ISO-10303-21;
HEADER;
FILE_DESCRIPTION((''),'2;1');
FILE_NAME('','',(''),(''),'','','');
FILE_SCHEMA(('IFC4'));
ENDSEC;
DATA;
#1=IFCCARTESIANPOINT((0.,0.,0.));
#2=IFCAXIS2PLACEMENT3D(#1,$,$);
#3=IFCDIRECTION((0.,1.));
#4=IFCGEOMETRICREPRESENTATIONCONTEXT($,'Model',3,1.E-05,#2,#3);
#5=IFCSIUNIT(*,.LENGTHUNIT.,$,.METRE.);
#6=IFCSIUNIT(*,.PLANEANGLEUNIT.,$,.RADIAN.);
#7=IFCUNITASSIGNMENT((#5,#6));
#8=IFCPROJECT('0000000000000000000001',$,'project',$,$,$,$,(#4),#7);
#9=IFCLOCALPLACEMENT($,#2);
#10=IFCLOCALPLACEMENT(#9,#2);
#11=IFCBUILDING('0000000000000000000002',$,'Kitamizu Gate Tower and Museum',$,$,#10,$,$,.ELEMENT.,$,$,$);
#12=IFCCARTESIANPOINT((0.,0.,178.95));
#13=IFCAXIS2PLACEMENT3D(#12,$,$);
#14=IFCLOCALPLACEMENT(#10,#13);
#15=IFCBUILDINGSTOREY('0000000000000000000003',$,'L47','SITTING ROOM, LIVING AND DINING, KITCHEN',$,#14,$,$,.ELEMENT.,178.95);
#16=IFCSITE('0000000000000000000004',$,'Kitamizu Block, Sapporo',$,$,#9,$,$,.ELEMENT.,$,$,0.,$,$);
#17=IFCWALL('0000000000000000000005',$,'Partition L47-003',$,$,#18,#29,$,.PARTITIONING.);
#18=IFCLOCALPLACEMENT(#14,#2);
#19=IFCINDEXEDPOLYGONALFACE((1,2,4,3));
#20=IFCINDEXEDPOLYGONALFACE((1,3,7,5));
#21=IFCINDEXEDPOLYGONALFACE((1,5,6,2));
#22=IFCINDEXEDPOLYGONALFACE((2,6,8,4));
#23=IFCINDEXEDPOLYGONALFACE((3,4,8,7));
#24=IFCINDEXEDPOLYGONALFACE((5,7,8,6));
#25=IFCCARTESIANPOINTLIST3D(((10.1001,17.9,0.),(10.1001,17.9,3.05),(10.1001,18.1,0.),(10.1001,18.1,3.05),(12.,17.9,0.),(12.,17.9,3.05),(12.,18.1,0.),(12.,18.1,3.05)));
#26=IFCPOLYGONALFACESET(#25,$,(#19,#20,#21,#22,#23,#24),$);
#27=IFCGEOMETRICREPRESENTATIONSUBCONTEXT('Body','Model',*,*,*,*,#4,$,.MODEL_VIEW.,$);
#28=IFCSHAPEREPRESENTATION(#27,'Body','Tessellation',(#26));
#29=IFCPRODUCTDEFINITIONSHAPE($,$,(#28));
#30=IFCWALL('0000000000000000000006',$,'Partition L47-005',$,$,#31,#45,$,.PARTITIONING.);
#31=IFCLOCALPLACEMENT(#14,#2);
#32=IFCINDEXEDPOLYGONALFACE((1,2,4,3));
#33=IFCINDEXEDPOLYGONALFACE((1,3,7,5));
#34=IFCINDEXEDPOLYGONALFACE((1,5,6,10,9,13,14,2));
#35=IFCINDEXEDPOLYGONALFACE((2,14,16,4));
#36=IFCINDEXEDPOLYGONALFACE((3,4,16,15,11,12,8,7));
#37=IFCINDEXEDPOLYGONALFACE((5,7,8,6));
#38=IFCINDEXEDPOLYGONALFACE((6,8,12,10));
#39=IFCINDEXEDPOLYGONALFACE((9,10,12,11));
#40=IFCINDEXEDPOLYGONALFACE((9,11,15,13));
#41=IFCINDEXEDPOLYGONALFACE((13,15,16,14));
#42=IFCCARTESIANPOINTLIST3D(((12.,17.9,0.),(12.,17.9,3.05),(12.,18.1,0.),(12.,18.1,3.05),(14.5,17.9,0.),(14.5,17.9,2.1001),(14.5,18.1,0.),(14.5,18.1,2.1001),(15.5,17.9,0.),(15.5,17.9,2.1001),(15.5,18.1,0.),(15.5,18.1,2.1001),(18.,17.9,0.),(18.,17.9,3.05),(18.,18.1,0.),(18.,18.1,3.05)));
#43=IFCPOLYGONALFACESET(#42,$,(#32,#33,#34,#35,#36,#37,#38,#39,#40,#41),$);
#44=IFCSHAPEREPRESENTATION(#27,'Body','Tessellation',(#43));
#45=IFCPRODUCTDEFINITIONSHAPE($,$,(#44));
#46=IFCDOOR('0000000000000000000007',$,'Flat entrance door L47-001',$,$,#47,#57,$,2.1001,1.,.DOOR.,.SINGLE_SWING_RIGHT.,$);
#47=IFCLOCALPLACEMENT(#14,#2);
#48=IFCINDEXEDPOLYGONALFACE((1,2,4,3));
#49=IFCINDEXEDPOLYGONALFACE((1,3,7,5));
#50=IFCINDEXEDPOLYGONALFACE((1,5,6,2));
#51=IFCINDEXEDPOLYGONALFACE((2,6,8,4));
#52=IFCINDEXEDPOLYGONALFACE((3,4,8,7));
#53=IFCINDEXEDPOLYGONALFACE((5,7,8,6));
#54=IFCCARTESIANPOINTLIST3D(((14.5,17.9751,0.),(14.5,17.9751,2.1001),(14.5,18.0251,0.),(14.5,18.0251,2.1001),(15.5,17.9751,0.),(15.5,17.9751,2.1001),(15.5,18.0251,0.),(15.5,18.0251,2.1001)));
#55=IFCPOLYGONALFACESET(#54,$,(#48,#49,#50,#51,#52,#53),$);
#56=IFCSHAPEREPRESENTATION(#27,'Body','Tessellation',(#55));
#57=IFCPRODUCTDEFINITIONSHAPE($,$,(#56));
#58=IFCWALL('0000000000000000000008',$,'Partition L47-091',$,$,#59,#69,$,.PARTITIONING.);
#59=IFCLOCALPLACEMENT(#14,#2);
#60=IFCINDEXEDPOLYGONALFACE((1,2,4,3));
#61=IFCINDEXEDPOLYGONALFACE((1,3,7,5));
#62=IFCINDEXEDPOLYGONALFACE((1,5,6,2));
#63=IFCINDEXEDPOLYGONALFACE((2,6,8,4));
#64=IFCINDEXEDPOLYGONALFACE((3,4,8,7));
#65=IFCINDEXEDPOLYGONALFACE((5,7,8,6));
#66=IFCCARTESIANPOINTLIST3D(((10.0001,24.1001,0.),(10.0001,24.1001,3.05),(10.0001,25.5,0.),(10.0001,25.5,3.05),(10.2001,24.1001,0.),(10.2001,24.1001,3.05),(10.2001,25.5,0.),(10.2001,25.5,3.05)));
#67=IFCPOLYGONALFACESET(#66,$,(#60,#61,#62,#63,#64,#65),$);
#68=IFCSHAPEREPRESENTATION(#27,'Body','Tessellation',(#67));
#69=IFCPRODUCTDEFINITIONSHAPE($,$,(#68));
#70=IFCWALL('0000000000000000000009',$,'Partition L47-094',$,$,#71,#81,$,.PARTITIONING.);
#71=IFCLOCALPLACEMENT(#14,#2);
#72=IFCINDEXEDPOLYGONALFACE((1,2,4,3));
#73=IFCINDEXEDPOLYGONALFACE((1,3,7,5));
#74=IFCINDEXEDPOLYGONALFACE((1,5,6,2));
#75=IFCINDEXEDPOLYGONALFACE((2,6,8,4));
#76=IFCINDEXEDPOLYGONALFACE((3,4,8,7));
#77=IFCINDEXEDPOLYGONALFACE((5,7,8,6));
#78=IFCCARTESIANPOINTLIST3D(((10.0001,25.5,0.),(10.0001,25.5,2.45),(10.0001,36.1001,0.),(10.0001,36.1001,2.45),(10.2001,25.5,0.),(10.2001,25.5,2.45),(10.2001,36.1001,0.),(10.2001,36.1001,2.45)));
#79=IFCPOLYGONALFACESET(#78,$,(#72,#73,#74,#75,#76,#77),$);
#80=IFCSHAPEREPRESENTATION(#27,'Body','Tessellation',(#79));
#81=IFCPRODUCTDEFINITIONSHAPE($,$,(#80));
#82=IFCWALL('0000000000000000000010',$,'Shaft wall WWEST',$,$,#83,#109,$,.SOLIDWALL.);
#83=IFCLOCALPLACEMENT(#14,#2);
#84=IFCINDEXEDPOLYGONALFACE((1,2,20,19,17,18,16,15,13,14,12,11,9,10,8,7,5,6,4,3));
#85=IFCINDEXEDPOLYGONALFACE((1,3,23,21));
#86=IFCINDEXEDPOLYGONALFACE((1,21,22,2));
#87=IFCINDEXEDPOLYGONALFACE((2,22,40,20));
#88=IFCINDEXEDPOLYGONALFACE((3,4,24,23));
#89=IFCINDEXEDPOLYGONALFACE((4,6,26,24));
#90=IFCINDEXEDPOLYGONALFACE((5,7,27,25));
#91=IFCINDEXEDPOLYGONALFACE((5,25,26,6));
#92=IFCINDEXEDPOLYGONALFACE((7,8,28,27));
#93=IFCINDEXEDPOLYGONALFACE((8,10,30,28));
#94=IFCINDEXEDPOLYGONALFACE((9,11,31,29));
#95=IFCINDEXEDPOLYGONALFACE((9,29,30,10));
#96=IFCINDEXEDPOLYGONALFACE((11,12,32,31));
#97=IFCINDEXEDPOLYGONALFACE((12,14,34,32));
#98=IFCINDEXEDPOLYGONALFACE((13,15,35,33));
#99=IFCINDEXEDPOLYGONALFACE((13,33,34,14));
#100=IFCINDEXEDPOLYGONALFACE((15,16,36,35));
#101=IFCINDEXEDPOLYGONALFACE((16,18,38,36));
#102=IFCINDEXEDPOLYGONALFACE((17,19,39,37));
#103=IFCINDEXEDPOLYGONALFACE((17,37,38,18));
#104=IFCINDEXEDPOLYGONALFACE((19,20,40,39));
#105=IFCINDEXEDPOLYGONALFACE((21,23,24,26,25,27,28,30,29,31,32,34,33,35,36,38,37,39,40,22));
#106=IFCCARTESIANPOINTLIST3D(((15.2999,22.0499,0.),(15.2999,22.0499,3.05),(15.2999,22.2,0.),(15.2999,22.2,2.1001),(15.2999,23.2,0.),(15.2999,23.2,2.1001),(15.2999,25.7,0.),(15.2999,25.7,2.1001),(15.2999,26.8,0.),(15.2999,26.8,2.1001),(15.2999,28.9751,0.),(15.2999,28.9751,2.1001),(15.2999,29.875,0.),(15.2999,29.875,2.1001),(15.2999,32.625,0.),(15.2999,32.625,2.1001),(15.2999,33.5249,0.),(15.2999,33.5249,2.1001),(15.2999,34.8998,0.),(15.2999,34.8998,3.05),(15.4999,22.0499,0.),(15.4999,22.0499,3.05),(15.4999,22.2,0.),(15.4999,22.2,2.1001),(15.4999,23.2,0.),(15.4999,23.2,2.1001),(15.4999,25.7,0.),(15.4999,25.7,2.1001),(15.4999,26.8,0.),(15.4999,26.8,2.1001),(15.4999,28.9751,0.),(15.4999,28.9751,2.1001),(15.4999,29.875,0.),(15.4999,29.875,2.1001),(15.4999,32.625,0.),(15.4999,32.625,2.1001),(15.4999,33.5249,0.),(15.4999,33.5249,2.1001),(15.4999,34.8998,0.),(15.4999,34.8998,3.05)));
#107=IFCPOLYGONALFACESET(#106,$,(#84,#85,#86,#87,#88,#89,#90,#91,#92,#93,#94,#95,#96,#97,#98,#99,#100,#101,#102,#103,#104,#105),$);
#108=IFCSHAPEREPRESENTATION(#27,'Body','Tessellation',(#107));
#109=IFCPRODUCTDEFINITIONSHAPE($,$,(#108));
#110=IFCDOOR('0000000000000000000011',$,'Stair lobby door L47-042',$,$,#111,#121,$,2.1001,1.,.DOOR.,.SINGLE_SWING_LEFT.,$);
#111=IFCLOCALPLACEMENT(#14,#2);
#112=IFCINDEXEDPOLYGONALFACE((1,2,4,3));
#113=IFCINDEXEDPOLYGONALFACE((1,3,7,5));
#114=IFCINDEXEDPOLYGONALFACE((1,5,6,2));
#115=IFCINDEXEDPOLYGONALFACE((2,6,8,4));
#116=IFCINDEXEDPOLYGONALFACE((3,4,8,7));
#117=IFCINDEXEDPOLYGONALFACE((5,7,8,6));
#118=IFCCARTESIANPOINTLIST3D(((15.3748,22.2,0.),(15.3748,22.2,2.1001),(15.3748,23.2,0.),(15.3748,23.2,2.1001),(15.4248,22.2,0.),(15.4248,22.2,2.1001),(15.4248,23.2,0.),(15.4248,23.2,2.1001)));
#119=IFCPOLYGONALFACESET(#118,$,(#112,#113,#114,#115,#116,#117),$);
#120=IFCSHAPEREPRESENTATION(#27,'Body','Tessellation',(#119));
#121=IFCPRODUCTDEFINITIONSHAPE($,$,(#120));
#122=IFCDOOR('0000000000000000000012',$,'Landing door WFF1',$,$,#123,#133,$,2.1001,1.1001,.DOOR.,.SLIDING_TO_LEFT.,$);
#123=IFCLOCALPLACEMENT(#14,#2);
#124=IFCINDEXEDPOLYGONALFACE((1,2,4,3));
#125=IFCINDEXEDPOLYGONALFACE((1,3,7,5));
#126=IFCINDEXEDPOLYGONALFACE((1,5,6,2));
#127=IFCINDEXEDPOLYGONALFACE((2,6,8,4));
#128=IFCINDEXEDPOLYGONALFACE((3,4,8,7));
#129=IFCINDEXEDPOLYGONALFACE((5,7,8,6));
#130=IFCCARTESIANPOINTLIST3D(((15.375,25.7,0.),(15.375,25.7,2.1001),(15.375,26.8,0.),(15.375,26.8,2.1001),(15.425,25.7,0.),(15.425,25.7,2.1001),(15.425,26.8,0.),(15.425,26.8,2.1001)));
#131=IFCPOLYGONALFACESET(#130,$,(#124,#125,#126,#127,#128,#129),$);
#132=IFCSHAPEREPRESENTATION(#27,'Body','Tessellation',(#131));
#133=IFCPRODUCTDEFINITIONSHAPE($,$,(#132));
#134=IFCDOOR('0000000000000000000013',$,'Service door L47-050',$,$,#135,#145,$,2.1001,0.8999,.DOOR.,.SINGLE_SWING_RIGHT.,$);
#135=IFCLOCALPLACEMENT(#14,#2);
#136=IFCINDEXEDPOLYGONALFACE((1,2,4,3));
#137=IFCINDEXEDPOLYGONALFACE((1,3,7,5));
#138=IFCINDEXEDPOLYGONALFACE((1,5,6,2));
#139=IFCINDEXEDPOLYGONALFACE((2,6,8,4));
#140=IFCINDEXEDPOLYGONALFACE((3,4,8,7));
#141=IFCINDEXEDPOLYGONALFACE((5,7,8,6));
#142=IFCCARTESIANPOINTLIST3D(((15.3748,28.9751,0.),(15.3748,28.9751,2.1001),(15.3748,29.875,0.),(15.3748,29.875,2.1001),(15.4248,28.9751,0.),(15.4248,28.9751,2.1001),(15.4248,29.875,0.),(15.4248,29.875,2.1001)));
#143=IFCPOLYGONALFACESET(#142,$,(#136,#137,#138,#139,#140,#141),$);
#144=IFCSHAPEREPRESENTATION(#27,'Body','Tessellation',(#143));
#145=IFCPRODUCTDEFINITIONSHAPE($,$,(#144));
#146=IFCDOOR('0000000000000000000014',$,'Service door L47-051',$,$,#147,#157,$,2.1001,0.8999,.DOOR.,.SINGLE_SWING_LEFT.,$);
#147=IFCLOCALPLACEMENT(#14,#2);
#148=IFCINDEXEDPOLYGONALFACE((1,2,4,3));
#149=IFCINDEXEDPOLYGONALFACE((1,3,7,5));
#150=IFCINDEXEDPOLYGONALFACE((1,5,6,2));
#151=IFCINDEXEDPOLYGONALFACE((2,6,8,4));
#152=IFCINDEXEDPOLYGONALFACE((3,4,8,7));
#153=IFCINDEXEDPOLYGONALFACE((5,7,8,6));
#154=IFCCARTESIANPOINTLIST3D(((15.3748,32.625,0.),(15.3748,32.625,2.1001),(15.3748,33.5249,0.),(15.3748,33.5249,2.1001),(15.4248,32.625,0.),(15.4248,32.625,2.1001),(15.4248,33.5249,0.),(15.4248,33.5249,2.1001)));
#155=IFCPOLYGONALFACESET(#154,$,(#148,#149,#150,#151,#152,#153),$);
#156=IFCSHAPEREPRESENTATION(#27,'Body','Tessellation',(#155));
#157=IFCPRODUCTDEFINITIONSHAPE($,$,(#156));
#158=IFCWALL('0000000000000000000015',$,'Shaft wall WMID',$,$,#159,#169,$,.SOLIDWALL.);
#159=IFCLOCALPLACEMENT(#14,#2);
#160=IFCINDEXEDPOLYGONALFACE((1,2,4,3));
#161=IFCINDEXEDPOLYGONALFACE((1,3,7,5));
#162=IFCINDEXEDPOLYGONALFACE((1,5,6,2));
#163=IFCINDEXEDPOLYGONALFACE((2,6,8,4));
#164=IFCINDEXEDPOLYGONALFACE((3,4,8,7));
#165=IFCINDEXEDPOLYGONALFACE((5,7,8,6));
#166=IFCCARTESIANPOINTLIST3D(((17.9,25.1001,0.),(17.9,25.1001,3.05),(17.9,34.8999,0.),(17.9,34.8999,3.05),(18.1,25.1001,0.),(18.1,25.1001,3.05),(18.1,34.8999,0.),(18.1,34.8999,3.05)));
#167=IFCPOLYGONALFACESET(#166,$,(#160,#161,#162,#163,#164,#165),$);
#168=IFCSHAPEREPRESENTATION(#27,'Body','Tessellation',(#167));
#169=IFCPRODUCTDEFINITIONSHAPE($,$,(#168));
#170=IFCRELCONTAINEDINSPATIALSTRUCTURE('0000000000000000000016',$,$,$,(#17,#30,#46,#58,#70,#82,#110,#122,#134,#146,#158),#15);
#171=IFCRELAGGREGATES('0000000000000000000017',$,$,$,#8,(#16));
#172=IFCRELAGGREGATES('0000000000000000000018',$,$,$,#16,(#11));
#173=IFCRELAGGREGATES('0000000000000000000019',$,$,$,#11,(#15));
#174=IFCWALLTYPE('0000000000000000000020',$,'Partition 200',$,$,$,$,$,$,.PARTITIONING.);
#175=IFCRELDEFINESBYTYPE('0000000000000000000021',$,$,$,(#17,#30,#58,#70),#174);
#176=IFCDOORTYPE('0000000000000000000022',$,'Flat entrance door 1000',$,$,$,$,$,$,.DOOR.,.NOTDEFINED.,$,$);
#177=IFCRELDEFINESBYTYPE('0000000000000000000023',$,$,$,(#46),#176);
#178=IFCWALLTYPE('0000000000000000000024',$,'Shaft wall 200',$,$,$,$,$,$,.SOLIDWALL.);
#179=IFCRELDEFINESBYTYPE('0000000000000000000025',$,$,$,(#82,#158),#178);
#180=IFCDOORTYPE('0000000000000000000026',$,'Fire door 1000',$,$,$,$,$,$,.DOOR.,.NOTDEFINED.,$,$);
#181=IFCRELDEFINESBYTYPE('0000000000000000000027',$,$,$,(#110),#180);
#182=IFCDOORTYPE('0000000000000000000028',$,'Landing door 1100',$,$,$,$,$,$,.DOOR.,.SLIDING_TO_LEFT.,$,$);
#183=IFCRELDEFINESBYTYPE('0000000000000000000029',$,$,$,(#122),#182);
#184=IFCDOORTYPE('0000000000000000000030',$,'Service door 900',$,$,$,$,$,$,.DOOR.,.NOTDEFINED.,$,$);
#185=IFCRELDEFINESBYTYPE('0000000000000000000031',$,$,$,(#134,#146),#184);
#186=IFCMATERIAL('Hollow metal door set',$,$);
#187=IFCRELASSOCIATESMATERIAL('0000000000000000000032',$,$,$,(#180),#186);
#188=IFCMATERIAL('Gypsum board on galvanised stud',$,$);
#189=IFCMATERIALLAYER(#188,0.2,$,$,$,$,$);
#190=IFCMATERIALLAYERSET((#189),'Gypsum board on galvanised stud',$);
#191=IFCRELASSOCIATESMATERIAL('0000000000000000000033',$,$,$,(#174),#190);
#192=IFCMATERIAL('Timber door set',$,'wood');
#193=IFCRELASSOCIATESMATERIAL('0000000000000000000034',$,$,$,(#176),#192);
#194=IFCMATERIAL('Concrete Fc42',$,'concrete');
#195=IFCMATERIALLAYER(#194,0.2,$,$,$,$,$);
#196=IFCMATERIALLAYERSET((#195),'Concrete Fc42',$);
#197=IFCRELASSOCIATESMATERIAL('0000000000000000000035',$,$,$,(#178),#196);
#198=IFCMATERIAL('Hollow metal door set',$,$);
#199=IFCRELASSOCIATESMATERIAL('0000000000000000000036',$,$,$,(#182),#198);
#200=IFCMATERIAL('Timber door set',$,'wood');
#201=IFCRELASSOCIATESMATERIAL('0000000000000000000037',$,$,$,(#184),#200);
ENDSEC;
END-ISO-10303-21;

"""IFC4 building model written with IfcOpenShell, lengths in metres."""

from ifc_helpers import new_model, si_unit, direction, frame, frame_2d, origin, place, context, subcontext, project, spatial, rectangle, extrude, material, layer, layer_set, type_object, element, fill, save


model = new_model("IFC4")

# Units and contexts
model_context = context("Model", 3, precision=1e-05, world=origin(), true_north=direction((0.0, 1.0)))
body_context = subcontext(model_context, "Body", "Model", "MODEL_VIEW")
ifc_project = project(units=[si_unit("LENGTHUNIT", "METRE"), si_unit("PLANEANGLEUNIT", "RADIAN")], contexts=[model_context])

# Site, building, storey
site_placement = place(None, origin())
site = spatial("IfcSite", under=ifc_project, at=site_placement, Name="Kitamizu Block, Sapporo", CompositionType="ELEMENT", RefElevation=0.0)
building_placement = place(site_placement, origin())
building = spatial("IfcBuilding", under=site, at=building_placement, Name="Kitamizu Gate Tower and Museum", CompositionType="ELEMENT")
storey_placement = place(building_placement, frame((0.0, 0.0, 178.95)))
storey = spatial("IfcBuildingStorey", under=building, at=storey_placement, Name="L47", Description="SITTING ROOM, LIVING AND DINING, KITCHEN", CompositionType="ELEMENT", Elevation=178.95)

# Shared definitions
ifc_material_1 = material(Name="Hollow metal door set")
door_type_1 = type_object("IfcDoorType", Name="Fire door 1000", OperationType="NOTDEFINED", PredefinedType="DOOR", material=ifc_material_1)

# Wall
ifc_material_2 = material(Name="Gypsum board on galvanised stud")
ifc_layer_1 = layer(ifc_material_2, 0.2)
ifc_layer_set_1 = layer_set([ifc_layer_1], Name="Gypsum board on galvanised stud")
wall_type_1 = type_object("IfcWallType", Name="Partition 200", PredefinedType="PARTITIONING", material=ifc_layer_set_1)
wall_1_placement = place(storey_placement, frame((12.0, 18.0, 0.0), z_axis=(0.0, 0.0, 1.0), x_axis=(-1.0, 0.0, 0.0)))
element("IfcWall", 1, at=wall_1_placement, inside=storey, type_object=wall_type_1, Name="Partition L47-003", PredefinedType="PARTITIONING", context=body_context, shape_type="SweptSolid", body=[
    extrude(rectangle(XDim=1.8999, YDim=0.2, at=frame_2d((0.95, 0.0))), origin(), (0.0, 0.0, 1.0), 3.05),
])

# Wall, opening, door
wall_2_placement = place(storey_placement, frame((18.0, 18.0, 0.0), z_axis=(0.0, 0.0, 1.0), x_axis=(-1.0, 0.0, 0.0)))
wall_2 = element("IfcWall", 2, at=wall_2_placement, inside=storey, type_object=wall_type_1, Name="Partition L47-005", PredefinedType="PARTITIONING", context=body_context, shape_type="SweptSolid", body=[
    extrude(rectangle(XDim=6.0, YDim=0.2, at=frame_2d((3.0, 0.0))), origin(), (0.0, 0.0, 1.0), 3.05),
])
opening_1_placement = place(wall_2_placement, frame((2.5, 0.0, 0.0)))
opening_1 = element("IfcOpeningElement", 3, at=opening_1_placement, cuts=wall_2, PredefinedType="OPENING", context=body_context, shape_type="SweptSolid", body=[
    extrude(rectangle(XDim=1.0, YDim=2.1001, at=frame_2d((0.5, 1.05))), frame((0.0, 0.1099, 0.0), z_axis=(0.0, -1.0, 0.0), x_axis=(1.0, 0.0, 0.0)), (0.0, 0.0, 1.0), 0.22),
])
ifc_material_3 = material(Name="Timber door set", Category="wood")
door_type_2 = type_object("IfcDoorType", Name="Flat entrance door 1000", OperationType="NOTDEFINED", PredefinedType="DOOR", material=ifc_material_3)
door_1_placement = place(opening_1_placement, origin())
door_1 = element("IfcDoor", 4, at=door_1_placement, inside=storey, type_object=door_type_2, Name="Flat entrance door L47-001", OperationType="SINGLE_SWING_RIGHT", OverallHeight=2.1001, OverallWidth=1.0, PredefinedType="DOOR", context=body_context, shape_type="SweptSolid", body=[
    extrude(rectangle(XDim=1.0, YDim=2.1001, at=frame_2d((0.5, 1.05))), frame((0.0, 0.0249, 0.0), z_axis=(0.0, -1.0, 0.0), x_axis=(1.0, 0.0, 0.0)), (0.0, 0.0, 1.0), 0.05),
])
fill(opening_1, door_1)

# Walls
wall_3_placement = place(storey_placement, frame((10.1001, 24.1001, 0.0), z_axis=(0.0, 0.0, 1.0), x_axis=(0.0, 1.0, 0.0)))
element("IfcWall", 5, at=wall_3_placement, inside=storey, type_object=wall_type_1, Name="Partition L47-091", PredefinedType="PARTITIONING", context=body_context, shape_type="SweptSolid", body=[
    extrude(rectangle(XDim=1.3999, YDim=0.2, at=frame_2d((0.7, 0.0))), origin(), (0.0, 0.0, 1.0), 3.05),
])
wall_4_placement = place(storey_placement, frame((10.1001, 25.5, 0.0), z_axis=(0.0, 0.0, 1.0), x_axis=(0.0, 1.0, 0.0)))
element("IfcWall", 6, at=wall_4_placement, inside=storey, type_object=wall_type_1, Name="Partition L47-094", PredefinedType="PARTITIONING", context=body_context, shape_type="SweptSolid", body=[
    extrude(rectangle(XDim=10.6001, YDim=0.2, at=frame_2d((5.3, 0.0))), origin(), (0.0, 0.0, 1.0), 2.45),
])

# Wall, openings, doors
ifc_material_4 = material(Name="Concrete Fc42", Category="concrete")
ifc_layer_2 = layer(ifc_material_4, 0.2)
ifc_layer_set_2 = layer_set([ifc_layer_2], Name="Concrete Fc42")
wall_type_2 = type_object("IfcWallType", Name="Shaft wall 200", PredefinedType="SOLIDWALL", material=ifc_layer_set_2)
wall_5_placement = place(storey_placement, frame((15.3999, 22.05, 0.0), z_axis=(0.0, 0.0, 1.0), x_axis=(0.0, 1.0, 0.0)))
wall_5 = element("IfcWall", 7, at=wall_5_placement, inside=storey, type_object=wall_type_2, Name="Shaft wall WWEST", PredefinedType="SOLIDWALL", context=body_context, shape_type="SweptSolid", body=[
    extrude(rectangle(XDim=12.8499, YDim=0.2, at=frame_2d((6.4248, 0.0))), origin(), (0.0, 0.0, 1.0), 3.05),
])
opening_2_placement = place(wall_5_placement, frame((3.6499, 0.0, 0.0)))
opening_2 = element("IfcOpeningElement", 8, at=opening_2_placement, cuts=wall_5, PredefinedType="OPENING", context=body_context, shape_type="SweptSolid", body=[
    extrude(rectangle(XDim=1.1001, YDim=2.1001, at=frame_2d((0.55, 1.05))), frame((0.0, 0.1099, 0.0), z_axis=(0.0, -1.0, 0.0), x_axis=(1.0, 0.0, 0.0)), (0.0, 0.0, 1.0), 0.22),
])
opening_3_placement = place(wall_5_placement, frame((0.1499, 0.0, 0.0)))
opening_3 = element("IfcOpeningElement", 9, at=opening_3_placement, cuts=wall_5, PredefinedType="OPENING", context=body_context, shape_type="SweptSolid", body=[
    extrude(rectangle(XDim=1.0, YDim=2.1001, at=frame_2d((0.5, 1.05))), frame((0.0, 0.1099, 0.0), z_axis=(0.0, -1.0, 0.0), x_axis=(1.0, 0.0, 0.0)), (0.0, 0.0, 1.0), 0.22),
])
opening_4_placement = place(wall_5_placement, frame((6.925, 0.0, 0.0)))
opening_4 = element("IfcOpeningElement", 10, at=opening_4_placement, cuts=wall_5, PredefinedType="OPENING", context=body_context, shape_type="SweptSolid", body=[
    extrude(rectangle(XDim=0.8999, YDim=2.1001, at=frame_2d((0.45, 1.05))), frame((0.0, 0.1099, 0.0), z_axis=(0.0, -1.0, 0.0), x_axis=(1.0, 0.0, 0.0)), (0.0, 0.0, 1.0), 0.22),
])
opening_5_placement = place(wall_5_placement, frame((10.575, 0.0, 0.0)))
opening_5 = element("IfcOpeningElement", 11, at=opening_5_placement, cuts=wall_5, PredefinedType="OPENING", context=body_context, shape_type="SweptSolid", body=[
    extrude(rectangle(XDim=0.8999, YDim=2.1001, at=frame_2d((0.45, 1.05))), frame((0.0, 0.1099, 0.0), z_axis=(0.0, -1.0, 0.0), x_axis=(1.0, 0.0, 0.0)), (0.0, 0.0, 1.0), 0.22),
])
door_2_placement = place(opening_3_placement, frame((1.0, 0.0, 0.0), x_axis=(-1.0, 0.0, 0.0)))
door_2 = element("IfcDoor", 12, at=door_2_placement, inside=storey, type_object=door_type_1, Name="Stair lobby door L47-042", OperationType="SINGLE_SWING_LEFT", OverallHeight=2.1001, OverallWidth=1.0, PredefinedType="DOOR", context=body_context, shape_type="SweptSolid", body=[
    extrude(rectangle(XDim=1.0, YDim=2.1001, at=frame_2d((0.5, 1.05))), frame((0.0, 0.0249, 0.0), z_axis=(0.0, -1.0, 0.0), x_axis=(1.0, 0.0, 0.0)), (0.0, 0.0, 1.0), 0.05),
])
fill(opening_3, door_2)
ifc_material_5 = material(Name="Hollow metal door set")
door_type_3 = type_object("IfcDoorType", Name="Landing door 1100", OperationType="SLIDING_TO_LEFT", PredefinedType="DOOR", material=ifc_material_5)
door_3_placement = place(opening_2_placement, origin())
door_3 = element("IfcDoor", 13, at=door_3_placement, inside=storey, type_object=door_type_3, Name="Landing door WFF1", OperationType="SLIDING_TO_LEFT", OverallHeight=2.1001, OverallWidth=1.1001, PredefinedType="DOOR", context=body_context, shape_type="SweptSolid", body=[
    extrude(rectangle(XDim=1.1001, YDim=2.1001, at=frame_2d((0.55, 1.05))), frame((0.0, 0.0249, 0.0), z_axis=(0.0, -1.0, 0.0), x_axis=(1.0, 0.0, 0.0)), (0.0, 0.0, 1.0), 0.05),
])
fill(opening_2, door_3)
ifc_material_6 = material(Name="Timber door set", Category="wood")
door_type_4 = type_object("IfcDoorType", Name="Service door 900", OperationType="NOTDEFINED", PredefinedType="DOOR", material=ifc_material_6)
door_4_placement = place(opening_4_placement, frame((0.8999, 0.0, 0.0), x_axis=(-1.0, 0.0, 0.0)))
door_4 = element("IfcDoor", 14, at=door_4_placement, inside=storey, type_object=door_type_4, Name="Service door L47-050", OperationType="SINGLE_SWING_RIGHT", OverallHeight=2.1001, OverallWidth=0.8999, PredefinedType="DOOR", context=body_context, shape_type="SweptSolid", body=[
    extrude(rectangle(XDim=0.8999, YDim=2.1001, at=frame_2d((0.45, 1.05))), frame((0.0, 0.0249, 0.0), z_axis=(0.0, -1.0, 0.0), x_axis=(1.0, 0.0, 0.0)), (0.0, 0.0, 1.0), 0.05),
])
fill(opening_4, door_4)
door_5_placement = place(opening_5_placement, frame((0.8999, 0.0, 0.0), x_axis=(-1.0, 0.0, 0.0)))
door_5 = element("IfcDoor", 15, at=door_5_placement, inside=storey, type_object=door_type_4, Name="Service door L47-051", OperationType="SINGLE_SWING_LEFT", OverallHeight=2.1001, OverallWidth=0.8999, PredefinedType="DOOR", context=body_context, shape_type="SweptSolid", body=[
    extrude(rectangle(XDim=0.8999, YDim=2.1001, at=frame_2d((0.45, 1.05))), frame((0.0, 0.0249, 0.0), z_axis=(0.0, -1.0, 0.0), x_axis=(1.0, 0.0, 0.0)), (0.0, 0.0, 1.0), 0.05),
])
fill(opening_5, door_5)

# Wall
wall_6_placement = place(storey_placement, frame((18.0, 25.1001, 0.0), z_axis=(0.0, 0.0, 1.0), x_axis=(0.0, 1.0, 0.0)))
element("IfcWall", 16, at=wall_6_placement, inside=storey, type_object=wall_type_2, Name="Shaft wall WMID", PredefinedType="SOLIDWALL", context=body_context, shape_type="SweptSolid", body=[
    extrude(rectangle(XDim=9.7998, YDim=0.2, at=frame_2d((4.8999, 0.0))), origin(), (0.0, 0.0, 1.0), 3.05),
])

save(model, "model.ifc")
